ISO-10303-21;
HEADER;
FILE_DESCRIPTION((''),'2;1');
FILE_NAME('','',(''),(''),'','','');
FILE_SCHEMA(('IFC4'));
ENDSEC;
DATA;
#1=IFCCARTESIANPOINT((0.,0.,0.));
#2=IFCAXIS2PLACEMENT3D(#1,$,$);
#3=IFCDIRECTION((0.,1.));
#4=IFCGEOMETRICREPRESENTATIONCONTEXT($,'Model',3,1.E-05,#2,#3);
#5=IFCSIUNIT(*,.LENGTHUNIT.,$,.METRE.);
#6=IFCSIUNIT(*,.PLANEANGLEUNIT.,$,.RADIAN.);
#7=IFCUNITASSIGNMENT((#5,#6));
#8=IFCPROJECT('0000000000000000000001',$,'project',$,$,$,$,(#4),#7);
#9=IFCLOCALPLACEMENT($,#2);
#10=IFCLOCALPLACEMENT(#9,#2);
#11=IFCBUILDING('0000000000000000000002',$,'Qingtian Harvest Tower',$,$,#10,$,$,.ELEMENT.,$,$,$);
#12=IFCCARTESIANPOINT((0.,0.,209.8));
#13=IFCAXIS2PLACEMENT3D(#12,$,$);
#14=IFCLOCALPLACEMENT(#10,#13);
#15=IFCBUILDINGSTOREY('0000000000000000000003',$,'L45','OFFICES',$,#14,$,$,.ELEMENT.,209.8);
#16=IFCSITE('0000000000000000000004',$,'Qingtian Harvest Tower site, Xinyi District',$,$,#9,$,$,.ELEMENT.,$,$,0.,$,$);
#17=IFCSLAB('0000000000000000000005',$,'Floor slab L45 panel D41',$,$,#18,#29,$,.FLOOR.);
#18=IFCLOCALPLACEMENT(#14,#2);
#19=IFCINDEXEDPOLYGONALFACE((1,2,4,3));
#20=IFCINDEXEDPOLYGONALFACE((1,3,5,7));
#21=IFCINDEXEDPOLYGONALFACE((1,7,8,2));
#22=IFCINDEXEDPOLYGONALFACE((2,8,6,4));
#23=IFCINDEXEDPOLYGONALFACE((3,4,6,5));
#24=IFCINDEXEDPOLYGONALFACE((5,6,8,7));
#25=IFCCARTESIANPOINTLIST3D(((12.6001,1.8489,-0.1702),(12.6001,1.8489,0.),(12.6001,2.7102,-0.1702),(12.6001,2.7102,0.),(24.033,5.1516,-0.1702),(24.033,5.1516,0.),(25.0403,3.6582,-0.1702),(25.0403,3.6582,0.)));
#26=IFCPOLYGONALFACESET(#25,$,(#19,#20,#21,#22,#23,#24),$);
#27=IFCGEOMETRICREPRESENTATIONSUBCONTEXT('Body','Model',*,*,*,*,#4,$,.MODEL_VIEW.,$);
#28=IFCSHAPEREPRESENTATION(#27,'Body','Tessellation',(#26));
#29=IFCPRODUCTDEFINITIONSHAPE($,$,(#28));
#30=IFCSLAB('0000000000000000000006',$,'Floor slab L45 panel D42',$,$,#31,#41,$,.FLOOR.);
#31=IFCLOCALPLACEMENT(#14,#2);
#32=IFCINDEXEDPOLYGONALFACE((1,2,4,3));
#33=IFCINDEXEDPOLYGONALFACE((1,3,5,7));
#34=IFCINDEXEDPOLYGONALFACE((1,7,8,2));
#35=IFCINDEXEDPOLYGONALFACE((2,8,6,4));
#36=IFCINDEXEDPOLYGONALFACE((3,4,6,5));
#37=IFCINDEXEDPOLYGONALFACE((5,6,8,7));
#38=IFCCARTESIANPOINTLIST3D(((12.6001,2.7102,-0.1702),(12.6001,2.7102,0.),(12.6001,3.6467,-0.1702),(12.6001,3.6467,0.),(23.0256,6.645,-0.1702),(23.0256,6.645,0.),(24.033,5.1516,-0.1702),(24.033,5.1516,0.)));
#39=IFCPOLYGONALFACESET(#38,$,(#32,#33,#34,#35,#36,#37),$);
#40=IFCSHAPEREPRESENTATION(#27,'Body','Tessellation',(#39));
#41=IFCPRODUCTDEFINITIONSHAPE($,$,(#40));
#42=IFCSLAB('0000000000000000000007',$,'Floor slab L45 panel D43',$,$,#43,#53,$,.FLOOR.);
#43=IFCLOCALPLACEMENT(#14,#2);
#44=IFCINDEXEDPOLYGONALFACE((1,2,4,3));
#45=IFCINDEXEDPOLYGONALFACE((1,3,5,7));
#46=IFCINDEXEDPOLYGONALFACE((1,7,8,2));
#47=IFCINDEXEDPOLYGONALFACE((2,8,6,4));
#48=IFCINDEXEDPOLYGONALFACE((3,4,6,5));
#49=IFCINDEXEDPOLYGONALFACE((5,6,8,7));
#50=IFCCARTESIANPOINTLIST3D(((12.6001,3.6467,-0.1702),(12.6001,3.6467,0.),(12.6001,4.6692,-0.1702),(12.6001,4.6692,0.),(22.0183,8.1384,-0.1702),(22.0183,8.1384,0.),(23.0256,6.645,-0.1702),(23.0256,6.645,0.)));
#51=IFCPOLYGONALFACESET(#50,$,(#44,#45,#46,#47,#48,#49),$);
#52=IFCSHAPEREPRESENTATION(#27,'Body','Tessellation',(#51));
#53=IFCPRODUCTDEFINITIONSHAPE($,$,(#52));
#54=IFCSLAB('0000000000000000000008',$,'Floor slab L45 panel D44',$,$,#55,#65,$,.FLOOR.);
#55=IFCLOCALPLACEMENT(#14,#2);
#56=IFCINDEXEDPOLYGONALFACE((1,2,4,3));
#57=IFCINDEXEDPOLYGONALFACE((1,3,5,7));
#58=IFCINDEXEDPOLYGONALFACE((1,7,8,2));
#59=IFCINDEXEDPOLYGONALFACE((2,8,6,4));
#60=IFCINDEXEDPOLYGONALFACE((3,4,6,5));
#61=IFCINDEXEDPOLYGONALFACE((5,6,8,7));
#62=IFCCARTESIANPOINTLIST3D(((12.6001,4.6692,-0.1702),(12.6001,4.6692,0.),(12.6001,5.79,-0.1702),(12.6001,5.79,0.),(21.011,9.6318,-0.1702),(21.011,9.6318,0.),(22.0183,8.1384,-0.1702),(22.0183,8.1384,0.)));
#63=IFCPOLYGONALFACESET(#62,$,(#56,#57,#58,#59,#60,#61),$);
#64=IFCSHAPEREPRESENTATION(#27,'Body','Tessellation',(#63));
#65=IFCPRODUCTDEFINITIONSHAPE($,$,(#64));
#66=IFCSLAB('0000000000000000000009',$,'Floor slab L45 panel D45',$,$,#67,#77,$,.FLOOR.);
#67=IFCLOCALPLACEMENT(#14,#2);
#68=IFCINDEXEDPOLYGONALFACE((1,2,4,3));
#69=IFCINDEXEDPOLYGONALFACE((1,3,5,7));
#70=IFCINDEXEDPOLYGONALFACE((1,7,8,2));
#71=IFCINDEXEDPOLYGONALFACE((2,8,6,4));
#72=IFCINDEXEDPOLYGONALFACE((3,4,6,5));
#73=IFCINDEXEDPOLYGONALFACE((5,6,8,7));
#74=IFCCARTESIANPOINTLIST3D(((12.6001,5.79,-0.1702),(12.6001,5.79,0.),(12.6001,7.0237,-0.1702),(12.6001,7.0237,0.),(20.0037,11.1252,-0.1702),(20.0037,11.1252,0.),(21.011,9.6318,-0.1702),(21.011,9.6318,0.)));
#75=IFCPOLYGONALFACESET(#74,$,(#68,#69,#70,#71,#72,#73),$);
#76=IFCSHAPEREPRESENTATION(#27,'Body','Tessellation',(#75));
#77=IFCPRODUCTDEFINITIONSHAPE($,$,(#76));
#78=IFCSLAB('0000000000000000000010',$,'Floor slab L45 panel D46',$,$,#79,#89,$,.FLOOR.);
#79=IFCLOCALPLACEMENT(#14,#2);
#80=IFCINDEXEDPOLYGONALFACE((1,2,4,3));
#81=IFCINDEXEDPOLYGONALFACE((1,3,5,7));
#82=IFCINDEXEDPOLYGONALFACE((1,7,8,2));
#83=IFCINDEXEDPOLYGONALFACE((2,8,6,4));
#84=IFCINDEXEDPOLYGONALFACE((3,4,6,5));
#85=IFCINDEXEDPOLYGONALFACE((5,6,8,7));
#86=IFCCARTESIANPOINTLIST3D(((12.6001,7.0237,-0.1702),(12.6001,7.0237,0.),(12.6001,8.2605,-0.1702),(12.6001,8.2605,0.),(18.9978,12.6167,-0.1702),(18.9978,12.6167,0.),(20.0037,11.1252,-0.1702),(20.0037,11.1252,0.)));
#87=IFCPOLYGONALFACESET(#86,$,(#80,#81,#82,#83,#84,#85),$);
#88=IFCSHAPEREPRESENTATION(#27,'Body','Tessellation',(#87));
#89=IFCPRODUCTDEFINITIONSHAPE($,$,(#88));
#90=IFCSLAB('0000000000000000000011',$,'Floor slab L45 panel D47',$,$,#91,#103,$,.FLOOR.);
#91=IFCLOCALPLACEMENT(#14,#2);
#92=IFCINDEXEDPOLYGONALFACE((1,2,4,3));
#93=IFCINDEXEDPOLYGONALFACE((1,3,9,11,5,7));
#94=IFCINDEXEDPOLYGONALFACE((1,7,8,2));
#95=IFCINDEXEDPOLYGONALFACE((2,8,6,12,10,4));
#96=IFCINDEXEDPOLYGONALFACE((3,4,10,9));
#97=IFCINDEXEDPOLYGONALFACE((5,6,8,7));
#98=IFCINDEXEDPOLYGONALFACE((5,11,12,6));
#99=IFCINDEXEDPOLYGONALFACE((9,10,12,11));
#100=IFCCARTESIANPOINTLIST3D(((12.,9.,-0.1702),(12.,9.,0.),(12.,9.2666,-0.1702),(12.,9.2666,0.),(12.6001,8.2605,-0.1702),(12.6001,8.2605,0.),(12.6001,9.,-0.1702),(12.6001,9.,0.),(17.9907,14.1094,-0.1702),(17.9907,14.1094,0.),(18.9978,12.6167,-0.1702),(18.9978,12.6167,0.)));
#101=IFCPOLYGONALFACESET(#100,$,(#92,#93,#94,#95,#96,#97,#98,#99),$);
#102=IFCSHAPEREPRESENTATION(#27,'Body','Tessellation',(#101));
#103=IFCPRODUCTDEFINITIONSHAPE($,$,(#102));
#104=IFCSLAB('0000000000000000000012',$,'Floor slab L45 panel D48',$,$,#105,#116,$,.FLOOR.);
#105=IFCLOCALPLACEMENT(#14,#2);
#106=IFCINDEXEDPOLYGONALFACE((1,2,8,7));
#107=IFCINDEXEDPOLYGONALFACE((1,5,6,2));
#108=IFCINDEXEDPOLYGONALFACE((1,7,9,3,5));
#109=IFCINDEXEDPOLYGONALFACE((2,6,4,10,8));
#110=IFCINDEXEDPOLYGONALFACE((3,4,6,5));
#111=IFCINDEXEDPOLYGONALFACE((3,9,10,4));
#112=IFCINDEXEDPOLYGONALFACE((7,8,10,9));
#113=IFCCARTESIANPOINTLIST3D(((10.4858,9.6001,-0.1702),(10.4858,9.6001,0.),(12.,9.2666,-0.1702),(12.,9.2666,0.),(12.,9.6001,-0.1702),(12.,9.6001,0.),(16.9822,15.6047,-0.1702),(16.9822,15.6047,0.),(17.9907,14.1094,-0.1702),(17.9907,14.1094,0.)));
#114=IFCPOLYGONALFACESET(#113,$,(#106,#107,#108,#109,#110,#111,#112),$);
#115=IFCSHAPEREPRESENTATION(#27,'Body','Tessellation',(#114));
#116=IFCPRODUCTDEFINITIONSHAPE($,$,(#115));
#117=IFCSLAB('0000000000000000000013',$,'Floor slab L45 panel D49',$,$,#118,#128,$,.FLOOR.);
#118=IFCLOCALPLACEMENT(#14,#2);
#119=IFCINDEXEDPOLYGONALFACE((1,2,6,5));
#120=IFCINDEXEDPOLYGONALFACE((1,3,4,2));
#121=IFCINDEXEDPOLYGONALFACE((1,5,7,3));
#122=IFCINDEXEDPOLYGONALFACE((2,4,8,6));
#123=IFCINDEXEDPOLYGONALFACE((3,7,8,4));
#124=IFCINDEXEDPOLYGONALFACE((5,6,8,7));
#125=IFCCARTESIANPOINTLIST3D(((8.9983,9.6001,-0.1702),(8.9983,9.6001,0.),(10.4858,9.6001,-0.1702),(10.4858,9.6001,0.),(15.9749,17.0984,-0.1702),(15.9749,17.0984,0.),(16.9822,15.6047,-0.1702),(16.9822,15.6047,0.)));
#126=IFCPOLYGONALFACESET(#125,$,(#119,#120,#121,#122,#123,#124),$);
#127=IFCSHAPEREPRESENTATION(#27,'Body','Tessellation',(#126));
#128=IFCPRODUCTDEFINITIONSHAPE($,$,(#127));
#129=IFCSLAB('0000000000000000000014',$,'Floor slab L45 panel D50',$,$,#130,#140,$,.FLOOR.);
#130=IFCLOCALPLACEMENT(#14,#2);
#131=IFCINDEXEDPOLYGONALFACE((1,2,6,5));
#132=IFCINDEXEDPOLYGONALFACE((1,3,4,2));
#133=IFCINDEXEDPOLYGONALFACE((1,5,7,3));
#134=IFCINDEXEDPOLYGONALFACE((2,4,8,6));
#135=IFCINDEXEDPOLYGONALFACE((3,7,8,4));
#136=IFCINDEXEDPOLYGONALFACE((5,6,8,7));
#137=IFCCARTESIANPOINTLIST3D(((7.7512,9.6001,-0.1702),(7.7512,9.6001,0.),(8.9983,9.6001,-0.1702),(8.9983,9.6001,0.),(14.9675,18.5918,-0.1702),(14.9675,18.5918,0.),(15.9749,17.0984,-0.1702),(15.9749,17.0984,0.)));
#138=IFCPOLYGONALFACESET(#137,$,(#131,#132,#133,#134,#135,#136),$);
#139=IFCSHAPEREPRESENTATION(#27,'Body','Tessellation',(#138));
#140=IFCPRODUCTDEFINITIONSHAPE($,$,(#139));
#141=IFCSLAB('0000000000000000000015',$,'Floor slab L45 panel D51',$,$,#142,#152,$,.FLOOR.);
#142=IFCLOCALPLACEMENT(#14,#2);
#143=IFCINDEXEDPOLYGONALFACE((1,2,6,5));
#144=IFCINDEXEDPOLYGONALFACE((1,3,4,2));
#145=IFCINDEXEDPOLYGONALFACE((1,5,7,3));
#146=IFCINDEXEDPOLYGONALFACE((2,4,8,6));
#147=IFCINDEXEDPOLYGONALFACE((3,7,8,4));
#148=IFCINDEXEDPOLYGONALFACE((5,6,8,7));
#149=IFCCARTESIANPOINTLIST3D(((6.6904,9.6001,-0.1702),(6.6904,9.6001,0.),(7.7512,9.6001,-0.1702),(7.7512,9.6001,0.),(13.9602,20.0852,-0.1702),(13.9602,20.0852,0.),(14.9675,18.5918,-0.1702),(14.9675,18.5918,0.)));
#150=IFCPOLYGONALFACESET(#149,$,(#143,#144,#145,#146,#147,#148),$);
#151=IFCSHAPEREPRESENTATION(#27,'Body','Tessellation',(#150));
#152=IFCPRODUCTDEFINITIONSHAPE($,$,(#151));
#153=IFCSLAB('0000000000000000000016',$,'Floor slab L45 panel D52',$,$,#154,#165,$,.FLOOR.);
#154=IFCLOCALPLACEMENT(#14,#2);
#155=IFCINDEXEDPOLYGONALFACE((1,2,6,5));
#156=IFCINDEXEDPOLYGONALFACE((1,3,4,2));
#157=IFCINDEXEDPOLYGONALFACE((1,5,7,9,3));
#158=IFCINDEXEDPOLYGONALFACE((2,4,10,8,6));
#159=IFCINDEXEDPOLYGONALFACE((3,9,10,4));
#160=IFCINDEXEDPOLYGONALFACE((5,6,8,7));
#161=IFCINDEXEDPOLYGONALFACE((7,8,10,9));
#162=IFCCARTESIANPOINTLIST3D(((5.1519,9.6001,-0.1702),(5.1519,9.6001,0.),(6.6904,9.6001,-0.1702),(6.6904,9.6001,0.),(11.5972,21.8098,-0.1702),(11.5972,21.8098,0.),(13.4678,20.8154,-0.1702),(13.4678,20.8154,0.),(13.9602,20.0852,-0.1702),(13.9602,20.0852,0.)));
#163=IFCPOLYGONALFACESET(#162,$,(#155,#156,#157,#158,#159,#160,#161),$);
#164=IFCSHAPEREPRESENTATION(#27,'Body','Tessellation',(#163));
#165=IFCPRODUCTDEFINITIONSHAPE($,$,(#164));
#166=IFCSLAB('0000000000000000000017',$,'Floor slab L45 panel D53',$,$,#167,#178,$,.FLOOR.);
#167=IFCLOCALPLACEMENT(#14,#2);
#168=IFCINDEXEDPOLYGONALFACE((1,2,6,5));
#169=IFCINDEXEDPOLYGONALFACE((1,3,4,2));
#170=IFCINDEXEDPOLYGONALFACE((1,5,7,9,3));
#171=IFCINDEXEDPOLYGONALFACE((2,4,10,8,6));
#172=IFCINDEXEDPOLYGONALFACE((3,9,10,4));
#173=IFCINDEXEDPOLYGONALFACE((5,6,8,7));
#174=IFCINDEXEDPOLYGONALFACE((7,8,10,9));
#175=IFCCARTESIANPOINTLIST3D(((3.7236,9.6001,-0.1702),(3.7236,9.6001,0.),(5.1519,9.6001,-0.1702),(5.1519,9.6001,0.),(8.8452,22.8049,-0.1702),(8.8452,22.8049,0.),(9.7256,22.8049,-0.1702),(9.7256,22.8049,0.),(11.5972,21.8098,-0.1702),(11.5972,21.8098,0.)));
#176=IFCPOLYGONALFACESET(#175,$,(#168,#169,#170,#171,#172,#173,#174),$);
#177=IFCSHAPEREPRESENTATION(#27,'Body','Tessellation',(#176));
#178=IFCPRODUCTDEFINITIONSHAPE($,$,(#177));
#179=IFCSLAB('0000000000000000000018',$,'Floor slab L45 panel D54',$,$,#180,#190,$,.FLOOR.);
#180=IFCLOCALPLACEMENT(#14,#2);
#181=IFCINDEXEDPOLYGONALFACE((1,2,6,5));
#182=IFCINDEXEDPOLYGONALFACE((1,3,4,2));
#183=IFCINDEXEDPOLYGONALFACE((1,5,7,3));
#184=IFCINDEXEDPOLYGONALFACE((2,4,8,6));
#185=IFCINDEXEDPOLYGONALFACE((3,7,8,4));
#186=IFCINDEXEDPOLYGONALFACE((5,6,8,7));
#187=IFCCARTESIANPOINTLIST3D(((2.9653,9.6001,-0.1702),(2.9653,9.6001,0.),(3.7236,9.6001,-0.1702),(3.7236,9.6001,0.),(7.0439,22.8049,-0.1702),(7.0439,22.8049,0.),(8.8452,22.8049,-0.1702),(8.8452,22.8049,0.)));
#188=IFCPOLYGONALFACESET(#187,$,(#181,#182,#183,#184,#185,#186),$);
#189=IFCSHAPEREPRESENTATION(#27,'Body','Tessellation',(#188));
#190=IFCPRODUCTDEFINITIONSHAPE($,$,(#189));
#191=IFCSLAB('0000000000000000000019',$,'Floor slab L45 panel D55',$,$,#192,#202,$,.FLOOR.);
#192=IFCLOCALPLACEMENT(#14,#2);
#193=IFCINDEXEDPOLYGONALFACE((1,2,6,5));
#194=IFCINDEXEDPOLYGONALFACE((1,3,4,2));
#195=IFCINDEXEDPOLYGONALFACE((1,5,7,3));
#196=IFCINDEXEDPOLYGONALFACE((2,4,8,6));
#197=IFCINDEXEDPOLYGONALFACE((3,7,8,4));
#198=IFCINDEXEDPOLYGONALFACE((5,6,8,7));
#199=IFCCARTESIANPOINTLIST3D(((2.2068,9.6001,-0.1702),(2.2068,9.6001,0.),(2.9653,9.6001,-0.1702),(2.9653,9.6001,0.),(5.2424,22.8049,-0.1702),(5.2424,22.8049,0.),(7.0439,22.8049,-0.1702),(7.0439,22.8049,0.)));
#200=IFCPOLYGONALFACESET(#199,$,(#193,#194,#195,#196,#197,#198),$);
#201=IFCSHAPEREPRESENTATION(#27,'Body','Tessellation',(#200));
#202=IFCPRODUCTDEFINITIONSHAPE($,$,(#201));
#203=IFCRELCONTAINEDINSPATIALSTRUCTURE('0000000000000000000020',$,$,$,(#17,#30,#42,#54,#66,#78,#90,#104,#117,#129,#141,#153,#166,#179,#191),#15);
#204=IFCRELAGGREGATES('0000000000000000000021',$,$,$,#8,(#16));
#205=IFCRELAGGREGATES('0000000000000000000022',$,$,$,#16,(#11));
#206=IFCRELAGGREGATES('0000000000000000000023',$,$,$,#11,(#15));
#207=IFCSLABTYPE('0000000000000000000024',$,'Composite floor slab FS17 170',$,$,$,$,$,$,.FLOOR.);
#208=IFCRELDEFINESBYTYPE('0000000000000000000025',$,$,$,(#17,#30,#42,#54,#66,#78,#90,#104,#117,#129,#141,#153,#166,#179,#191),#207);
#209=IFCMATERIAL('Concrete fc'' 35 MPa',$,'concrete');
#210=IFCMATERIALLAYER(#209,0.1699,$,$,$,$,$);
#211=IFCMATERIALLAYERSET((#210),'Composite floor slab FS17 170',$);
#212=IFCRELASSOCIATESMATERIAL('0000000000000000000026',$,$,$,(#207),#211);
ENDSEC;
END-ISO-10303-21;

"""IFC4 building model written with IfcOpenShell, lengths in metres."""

from ifc_helpers import new_model, si_unit, direction, frame, origin, place, context, subcontext, project, spatial, polyline, outline, extrude, material, layer, layer_set, type_object, element, save


model = new_model("IFC4")

# Units and contexts
model_context = context("Model", 3, precision=1e-05, world=origin(), true_north=direction((0.0, 1.0)))
body_context = subcontext(model_context, "Body", "Model", "MODEL_VIEW")
ifc_project = project(units=[si_unit("LENGTHUNIT", "METRE"), si_unit("PLANEANGLEUNIT", "RADIAN")], contexts=[model_context])

# Site, building, storey
site_placement = place(None, origin())
site = spatial("IfcSite", under=ifc_project, at=site_placement, Name="Qingtian Harvest Tower site, Xinyi District", CompositionType="ELEMENT", RefElevation=0.0)
building_placement = place(site_placement, origin())
building = spatial("IfcBuilding", under=site, at=building_placement, Name="Qingtian Harvest Tower", CompositionType="ELEMENT")
storey_placement = place(building_placement, frame((0.0, 0.0, 209.8)))
storey = spatial("IfcBuildingStorey", under=building, at=storey_placement, Name="L45", Description="OFFICES", CompositionType="ELEMENT", Elevation=209.8)

# Slabs
ifc_material_1 = material(Name="Concrete fc' 35 MPa", Category="concrete")
ifc_layer_1 = layer(ifc_material_1, 0.1699)
ifc_layer_set_1 = layer_set([ifc_layer_1], Name="Composite floor slab FS17 170")
slab_type = type_object("IfcSlabType", Name="Composite floor slab FS17 170", PredefinedType="FLOOR", material=ifc_layer_set_1)
slab_1_placement = place(storey_placement, frame((0.0, 0.0, -0.1702)))
element("IfcSlab", 1, at=slab_1_placement, inside=storey, type_object=slab_type, Name="Floor slab L45 panel D41", PredefinedType="FLOOR", context=body_context, shape_type="SweptSolid", body=[
    extrude(outline(polyline([(12.6001, 2.7102), (24.033, 5.1516), (25.0403, 3.6582), (12.6001, 1.8489), (12.6001, 2.7102)])), origin(), (0.0, 0.0, 1.0), 0.1702),
])
slab_2_placement = place(storey_placement, frame((0.0, 0.0, -0.1702)))
element("IfcSlab", 2, at=slab_2_placement, inside=storey, type_object=slab_type, Name="Floor slab L45 panel D42", PredefinedType="FLOOR", context=body_context, shape_type="SweptSolid", body=[
    extrude(outline(polyline([(12.6001, 3.6467), (23.0256, 6.645), (24.033, 5.1516), (12.6001, 2.7102), (12.6001, 3.6467)])), origin(), (0.0, 0.0, 1.0), 0.1702),
])
slab_3_placement = place(storey_placement, frame((0.0, 0.0, -0.1702)))
element("IfcSlab", 3, at=slab_3_placement, inside=storey, type_object=slab_type, Name="Floor slab L45 panel D43", PredefinedType="FLOOR", context=body_context, shape_type="SweptSolid", body=[
    extrude(outline(polyline([(12.6001, 4.6692), (22.0183, 8.1384), (23.0256, 6.645), (12.6001, 3.6467), (12.6001, 4.6692)])), origin(), (0.0, 0.0, 1.0), 0.1702),
])
slab_4_placement = place(storey_placement, frame((0.0, 0.0, -0.1702)))
element("IfcSlab", 4, at=slab_4_placement, inside=storey, type_object=slab_type, Name="Floor slab L45 panel D44", PredefinedType="FLOOR", context=body_context, shape_type="SweptSolid", body=[
    extrude(outline(polyline([(12.6001, 5.79), (21.011, 9.6318), (22.0183, 8.1384), (12.6001, 4.6692), (12.6001, 5.79)])), origin(), (0.0, 0.0, 1.0), 0.1702),
])
slab_5_placement = place(storey_placement, frame((0.0, 0.0, -0.1702)))
element("IfcSlab", 5, at=slab_5_placement, inside=storey, type_object=slab_type, Name="Floor slab L45 panel D45", PredefinedType="FLOOR", context=body_context, shape_type="SweptSolid", body=[
    extrude(outline(polyline([(12.6001, 7.0237), (20.0037, 11.1252), (21.011, 9.6318), (12.6001, 5.79), (12.6001, 7.0237)])), origin(), (0.0, 0.0, 1.0), 0.1702),
])
slab_6_placement = place(storey_placement, frame((0.0, 0.0, -0.1702)))
element("IfcSlab", 6, at=slab_6_placement, inside=storey, type_object=slab_type, Name="Floor slab L45 panel D46", PredefinedType="FLOOR", context=body_context, shape_type="SweptSolid", body=[
    extrude(outline(polyline([(12.6001, 8.2605), (18.9978, 12.6167), (20.0037, 11.1252), (12.6001, 7.0237), (12.6001, 8.2605)])), origin(), (0.0, 0.0, 1.0), 0.1702),
])
slab_7_placement = place(storey_placement, frame((0.0, 0.0, -0.1702)))
element("IfcSlab", 7, at=slab_7_placement, inside=storey, type_object=slab_type, Name="Floor slab L45 panel D47", PredefinedType="FLOOR", context=body_context, shape_type="SweptSolid", body=[
    extrude(outline(polyline([(12.6001, 9.0), (12.0, 9.0), (12.0, 9.2666), (17.9907, 14.1094), (18.9978, 12.6167), (12.6001, 8.2605), (12.6001, 9.0)])), origin(), (0.0, 0.0, 1.0), 0.1702),
])
slab_8_placement = place(storey_placement, frame((0.0, 0.0, -0.1702)))
element("IfcSlab", 8, at=slab_8_placement, inside=storey, type_object=slab_type, Name="Floor slab L45 panel D48", PredefinedType="FLOOR", context=body_context, shape_type="SweptSolid", body=[
    extrude(outline(polyline([(12.0, 9.6001), (10.4858, 9.6001), (16.9822, 15.6047), (17.9907, 14.1094), (12.0, 9.2666), (12.0, 9.6001)])), origin(), (0.0, 0.0, 1.0), 0.1702),
])
slab_9_placement = place(storey_placement, frame((0.0, 0.0, -0.1702)))
element("IfcSlab", 9, at=slab_9_placement, inside=storey, type_object=slab_type, Name="Floor slab L45 panel D49", PredefinedType="FLOOR", context=body_context, shape_type="SweptSolid", body=[
    extrude(outline(polyline([(8.9983, 9.6001), (15.9749, 17.0984), (16.9822, 15.6047), (10.4858, 9.6001), (8.9983, 9.6001)])), origin(), (0.0, 0.0, 1.0), 0.1702),
])
slab_10_placement = place(storey_placement, frame((0.0, 0.0, -0.1702)))
element("IfcSlab", 10, at=slab_10_placement, inside=storey, type_object=slab_type, Name="Floor slab L45 panel D50", PredefinedType="FLOOR", context=body_context, shape_type="SweptSolid", body=[
    extrude(outline(polyline([(7.7512, 9.6001), (14.9675, 18.5918), (15.9749, 17.0984), (8.9983, 9.6001), (7.7512, 9.6001)])), origin(), (0.0, 0.0, 1.0), 0.1702),
])
slab_11_placement = place(storey_placement, frame((0.0, 0.0, -0.1702)))
element("IfcSlab", 11, at=slab_11_placement, inside=storey, type_object=slab_type, Name="Floor slab L45 panel D51", PredefinedType="FLOOR", context=body_context, shape_type="SweptSolid", body=[
    extrude(outline(polyline([(6.6904, 9.6001), (13.9602, 20.0852), (14.9675, 18.5918), (7.7512, 9.6001), (6.6904, 9.6001)])), origin(), (0.0, 0.0, 1.0), 0.1702),
])
slab_12_placement = place(storey_placement, frame((0.0, 0.0, -0.1702)))
element("IfcSlab", 12, at=slab_12_placement, inside=storey, type_object=slab_type, Name="Floor slab L45 panel D52", PredefinedType="FLOOR", context=body_context, shape_type="SweptSolid", body=[
    extrude(outline(polyline([(6.6904, 9.6001), (5.1519, 9.6001), (11.5972, 21.8098), (13.4678, 20.8154), (13.9602, 20.0852), (6.6904, 9.6001)])), origin(), (0.0, 0.0, 1.0), 0.1702),
])
slab_13_placement = place(storey_placement, frame((0.0, 0.0, -0.1702)))
element("IfcSlab", 13, at=slab_13_placement, inside=storey, type_object=slab_type, Name="Floor slab L45 panel D53", PredefinedType="FLOOR", context=body_context, shape_type="SweptSolid", body=[
    extrude(outline(polyline([(3.7236, 9.6001), (8.8452, 22.8049), (9.7256, 22.8049), (11.5972, 21.8098), (5.1519, 9.6001), (3.7236, 9.6001)])), origin(), (0.0, 0.0, 1.0), 0.1702),
])
slab_14_placement = place(storey_placement, frame((0.0, 0.0, -0.1702)))
element("IfcSlab", 14, at=slab_14_placement, inside=storey, type_object=slab_type, Name="Floor slab L45 panel D54", PredefinedType="FLOOR", context=body_context, shape_type="SweptSolid", body=[
    extrude(outline(polyline([(2.9653, 9.6001), (7.0439, 22.8049), (8.8452, 22.8049), (3.7236, 9.6001), (2.9653, 9.6001)])), origin(), (0.0, 0.0, 1.0), 0.1702),
])
slab_15_placement = place(storey_placement, frame((0.0, 0.0, -0.1702)))
element("IfcSlab", 15, at=slab_15_placement, inside=storey, type_object=slab_type, Name="Floor slab L45 panel D55", PredefinedType="FLOOR", context=body_context, shape_type="SweptSolid", body=[
    extrude(outline(polyline([(2.2068, 9.6001), (5.2424, 22.8049), (7.0439, 22.8049), (2.9653, 9.6001), (2.2068, 9.6001)])), origin(), (0.0, 0.0, 1.0), 0.1702),
])

save(model, "model.ifc")
